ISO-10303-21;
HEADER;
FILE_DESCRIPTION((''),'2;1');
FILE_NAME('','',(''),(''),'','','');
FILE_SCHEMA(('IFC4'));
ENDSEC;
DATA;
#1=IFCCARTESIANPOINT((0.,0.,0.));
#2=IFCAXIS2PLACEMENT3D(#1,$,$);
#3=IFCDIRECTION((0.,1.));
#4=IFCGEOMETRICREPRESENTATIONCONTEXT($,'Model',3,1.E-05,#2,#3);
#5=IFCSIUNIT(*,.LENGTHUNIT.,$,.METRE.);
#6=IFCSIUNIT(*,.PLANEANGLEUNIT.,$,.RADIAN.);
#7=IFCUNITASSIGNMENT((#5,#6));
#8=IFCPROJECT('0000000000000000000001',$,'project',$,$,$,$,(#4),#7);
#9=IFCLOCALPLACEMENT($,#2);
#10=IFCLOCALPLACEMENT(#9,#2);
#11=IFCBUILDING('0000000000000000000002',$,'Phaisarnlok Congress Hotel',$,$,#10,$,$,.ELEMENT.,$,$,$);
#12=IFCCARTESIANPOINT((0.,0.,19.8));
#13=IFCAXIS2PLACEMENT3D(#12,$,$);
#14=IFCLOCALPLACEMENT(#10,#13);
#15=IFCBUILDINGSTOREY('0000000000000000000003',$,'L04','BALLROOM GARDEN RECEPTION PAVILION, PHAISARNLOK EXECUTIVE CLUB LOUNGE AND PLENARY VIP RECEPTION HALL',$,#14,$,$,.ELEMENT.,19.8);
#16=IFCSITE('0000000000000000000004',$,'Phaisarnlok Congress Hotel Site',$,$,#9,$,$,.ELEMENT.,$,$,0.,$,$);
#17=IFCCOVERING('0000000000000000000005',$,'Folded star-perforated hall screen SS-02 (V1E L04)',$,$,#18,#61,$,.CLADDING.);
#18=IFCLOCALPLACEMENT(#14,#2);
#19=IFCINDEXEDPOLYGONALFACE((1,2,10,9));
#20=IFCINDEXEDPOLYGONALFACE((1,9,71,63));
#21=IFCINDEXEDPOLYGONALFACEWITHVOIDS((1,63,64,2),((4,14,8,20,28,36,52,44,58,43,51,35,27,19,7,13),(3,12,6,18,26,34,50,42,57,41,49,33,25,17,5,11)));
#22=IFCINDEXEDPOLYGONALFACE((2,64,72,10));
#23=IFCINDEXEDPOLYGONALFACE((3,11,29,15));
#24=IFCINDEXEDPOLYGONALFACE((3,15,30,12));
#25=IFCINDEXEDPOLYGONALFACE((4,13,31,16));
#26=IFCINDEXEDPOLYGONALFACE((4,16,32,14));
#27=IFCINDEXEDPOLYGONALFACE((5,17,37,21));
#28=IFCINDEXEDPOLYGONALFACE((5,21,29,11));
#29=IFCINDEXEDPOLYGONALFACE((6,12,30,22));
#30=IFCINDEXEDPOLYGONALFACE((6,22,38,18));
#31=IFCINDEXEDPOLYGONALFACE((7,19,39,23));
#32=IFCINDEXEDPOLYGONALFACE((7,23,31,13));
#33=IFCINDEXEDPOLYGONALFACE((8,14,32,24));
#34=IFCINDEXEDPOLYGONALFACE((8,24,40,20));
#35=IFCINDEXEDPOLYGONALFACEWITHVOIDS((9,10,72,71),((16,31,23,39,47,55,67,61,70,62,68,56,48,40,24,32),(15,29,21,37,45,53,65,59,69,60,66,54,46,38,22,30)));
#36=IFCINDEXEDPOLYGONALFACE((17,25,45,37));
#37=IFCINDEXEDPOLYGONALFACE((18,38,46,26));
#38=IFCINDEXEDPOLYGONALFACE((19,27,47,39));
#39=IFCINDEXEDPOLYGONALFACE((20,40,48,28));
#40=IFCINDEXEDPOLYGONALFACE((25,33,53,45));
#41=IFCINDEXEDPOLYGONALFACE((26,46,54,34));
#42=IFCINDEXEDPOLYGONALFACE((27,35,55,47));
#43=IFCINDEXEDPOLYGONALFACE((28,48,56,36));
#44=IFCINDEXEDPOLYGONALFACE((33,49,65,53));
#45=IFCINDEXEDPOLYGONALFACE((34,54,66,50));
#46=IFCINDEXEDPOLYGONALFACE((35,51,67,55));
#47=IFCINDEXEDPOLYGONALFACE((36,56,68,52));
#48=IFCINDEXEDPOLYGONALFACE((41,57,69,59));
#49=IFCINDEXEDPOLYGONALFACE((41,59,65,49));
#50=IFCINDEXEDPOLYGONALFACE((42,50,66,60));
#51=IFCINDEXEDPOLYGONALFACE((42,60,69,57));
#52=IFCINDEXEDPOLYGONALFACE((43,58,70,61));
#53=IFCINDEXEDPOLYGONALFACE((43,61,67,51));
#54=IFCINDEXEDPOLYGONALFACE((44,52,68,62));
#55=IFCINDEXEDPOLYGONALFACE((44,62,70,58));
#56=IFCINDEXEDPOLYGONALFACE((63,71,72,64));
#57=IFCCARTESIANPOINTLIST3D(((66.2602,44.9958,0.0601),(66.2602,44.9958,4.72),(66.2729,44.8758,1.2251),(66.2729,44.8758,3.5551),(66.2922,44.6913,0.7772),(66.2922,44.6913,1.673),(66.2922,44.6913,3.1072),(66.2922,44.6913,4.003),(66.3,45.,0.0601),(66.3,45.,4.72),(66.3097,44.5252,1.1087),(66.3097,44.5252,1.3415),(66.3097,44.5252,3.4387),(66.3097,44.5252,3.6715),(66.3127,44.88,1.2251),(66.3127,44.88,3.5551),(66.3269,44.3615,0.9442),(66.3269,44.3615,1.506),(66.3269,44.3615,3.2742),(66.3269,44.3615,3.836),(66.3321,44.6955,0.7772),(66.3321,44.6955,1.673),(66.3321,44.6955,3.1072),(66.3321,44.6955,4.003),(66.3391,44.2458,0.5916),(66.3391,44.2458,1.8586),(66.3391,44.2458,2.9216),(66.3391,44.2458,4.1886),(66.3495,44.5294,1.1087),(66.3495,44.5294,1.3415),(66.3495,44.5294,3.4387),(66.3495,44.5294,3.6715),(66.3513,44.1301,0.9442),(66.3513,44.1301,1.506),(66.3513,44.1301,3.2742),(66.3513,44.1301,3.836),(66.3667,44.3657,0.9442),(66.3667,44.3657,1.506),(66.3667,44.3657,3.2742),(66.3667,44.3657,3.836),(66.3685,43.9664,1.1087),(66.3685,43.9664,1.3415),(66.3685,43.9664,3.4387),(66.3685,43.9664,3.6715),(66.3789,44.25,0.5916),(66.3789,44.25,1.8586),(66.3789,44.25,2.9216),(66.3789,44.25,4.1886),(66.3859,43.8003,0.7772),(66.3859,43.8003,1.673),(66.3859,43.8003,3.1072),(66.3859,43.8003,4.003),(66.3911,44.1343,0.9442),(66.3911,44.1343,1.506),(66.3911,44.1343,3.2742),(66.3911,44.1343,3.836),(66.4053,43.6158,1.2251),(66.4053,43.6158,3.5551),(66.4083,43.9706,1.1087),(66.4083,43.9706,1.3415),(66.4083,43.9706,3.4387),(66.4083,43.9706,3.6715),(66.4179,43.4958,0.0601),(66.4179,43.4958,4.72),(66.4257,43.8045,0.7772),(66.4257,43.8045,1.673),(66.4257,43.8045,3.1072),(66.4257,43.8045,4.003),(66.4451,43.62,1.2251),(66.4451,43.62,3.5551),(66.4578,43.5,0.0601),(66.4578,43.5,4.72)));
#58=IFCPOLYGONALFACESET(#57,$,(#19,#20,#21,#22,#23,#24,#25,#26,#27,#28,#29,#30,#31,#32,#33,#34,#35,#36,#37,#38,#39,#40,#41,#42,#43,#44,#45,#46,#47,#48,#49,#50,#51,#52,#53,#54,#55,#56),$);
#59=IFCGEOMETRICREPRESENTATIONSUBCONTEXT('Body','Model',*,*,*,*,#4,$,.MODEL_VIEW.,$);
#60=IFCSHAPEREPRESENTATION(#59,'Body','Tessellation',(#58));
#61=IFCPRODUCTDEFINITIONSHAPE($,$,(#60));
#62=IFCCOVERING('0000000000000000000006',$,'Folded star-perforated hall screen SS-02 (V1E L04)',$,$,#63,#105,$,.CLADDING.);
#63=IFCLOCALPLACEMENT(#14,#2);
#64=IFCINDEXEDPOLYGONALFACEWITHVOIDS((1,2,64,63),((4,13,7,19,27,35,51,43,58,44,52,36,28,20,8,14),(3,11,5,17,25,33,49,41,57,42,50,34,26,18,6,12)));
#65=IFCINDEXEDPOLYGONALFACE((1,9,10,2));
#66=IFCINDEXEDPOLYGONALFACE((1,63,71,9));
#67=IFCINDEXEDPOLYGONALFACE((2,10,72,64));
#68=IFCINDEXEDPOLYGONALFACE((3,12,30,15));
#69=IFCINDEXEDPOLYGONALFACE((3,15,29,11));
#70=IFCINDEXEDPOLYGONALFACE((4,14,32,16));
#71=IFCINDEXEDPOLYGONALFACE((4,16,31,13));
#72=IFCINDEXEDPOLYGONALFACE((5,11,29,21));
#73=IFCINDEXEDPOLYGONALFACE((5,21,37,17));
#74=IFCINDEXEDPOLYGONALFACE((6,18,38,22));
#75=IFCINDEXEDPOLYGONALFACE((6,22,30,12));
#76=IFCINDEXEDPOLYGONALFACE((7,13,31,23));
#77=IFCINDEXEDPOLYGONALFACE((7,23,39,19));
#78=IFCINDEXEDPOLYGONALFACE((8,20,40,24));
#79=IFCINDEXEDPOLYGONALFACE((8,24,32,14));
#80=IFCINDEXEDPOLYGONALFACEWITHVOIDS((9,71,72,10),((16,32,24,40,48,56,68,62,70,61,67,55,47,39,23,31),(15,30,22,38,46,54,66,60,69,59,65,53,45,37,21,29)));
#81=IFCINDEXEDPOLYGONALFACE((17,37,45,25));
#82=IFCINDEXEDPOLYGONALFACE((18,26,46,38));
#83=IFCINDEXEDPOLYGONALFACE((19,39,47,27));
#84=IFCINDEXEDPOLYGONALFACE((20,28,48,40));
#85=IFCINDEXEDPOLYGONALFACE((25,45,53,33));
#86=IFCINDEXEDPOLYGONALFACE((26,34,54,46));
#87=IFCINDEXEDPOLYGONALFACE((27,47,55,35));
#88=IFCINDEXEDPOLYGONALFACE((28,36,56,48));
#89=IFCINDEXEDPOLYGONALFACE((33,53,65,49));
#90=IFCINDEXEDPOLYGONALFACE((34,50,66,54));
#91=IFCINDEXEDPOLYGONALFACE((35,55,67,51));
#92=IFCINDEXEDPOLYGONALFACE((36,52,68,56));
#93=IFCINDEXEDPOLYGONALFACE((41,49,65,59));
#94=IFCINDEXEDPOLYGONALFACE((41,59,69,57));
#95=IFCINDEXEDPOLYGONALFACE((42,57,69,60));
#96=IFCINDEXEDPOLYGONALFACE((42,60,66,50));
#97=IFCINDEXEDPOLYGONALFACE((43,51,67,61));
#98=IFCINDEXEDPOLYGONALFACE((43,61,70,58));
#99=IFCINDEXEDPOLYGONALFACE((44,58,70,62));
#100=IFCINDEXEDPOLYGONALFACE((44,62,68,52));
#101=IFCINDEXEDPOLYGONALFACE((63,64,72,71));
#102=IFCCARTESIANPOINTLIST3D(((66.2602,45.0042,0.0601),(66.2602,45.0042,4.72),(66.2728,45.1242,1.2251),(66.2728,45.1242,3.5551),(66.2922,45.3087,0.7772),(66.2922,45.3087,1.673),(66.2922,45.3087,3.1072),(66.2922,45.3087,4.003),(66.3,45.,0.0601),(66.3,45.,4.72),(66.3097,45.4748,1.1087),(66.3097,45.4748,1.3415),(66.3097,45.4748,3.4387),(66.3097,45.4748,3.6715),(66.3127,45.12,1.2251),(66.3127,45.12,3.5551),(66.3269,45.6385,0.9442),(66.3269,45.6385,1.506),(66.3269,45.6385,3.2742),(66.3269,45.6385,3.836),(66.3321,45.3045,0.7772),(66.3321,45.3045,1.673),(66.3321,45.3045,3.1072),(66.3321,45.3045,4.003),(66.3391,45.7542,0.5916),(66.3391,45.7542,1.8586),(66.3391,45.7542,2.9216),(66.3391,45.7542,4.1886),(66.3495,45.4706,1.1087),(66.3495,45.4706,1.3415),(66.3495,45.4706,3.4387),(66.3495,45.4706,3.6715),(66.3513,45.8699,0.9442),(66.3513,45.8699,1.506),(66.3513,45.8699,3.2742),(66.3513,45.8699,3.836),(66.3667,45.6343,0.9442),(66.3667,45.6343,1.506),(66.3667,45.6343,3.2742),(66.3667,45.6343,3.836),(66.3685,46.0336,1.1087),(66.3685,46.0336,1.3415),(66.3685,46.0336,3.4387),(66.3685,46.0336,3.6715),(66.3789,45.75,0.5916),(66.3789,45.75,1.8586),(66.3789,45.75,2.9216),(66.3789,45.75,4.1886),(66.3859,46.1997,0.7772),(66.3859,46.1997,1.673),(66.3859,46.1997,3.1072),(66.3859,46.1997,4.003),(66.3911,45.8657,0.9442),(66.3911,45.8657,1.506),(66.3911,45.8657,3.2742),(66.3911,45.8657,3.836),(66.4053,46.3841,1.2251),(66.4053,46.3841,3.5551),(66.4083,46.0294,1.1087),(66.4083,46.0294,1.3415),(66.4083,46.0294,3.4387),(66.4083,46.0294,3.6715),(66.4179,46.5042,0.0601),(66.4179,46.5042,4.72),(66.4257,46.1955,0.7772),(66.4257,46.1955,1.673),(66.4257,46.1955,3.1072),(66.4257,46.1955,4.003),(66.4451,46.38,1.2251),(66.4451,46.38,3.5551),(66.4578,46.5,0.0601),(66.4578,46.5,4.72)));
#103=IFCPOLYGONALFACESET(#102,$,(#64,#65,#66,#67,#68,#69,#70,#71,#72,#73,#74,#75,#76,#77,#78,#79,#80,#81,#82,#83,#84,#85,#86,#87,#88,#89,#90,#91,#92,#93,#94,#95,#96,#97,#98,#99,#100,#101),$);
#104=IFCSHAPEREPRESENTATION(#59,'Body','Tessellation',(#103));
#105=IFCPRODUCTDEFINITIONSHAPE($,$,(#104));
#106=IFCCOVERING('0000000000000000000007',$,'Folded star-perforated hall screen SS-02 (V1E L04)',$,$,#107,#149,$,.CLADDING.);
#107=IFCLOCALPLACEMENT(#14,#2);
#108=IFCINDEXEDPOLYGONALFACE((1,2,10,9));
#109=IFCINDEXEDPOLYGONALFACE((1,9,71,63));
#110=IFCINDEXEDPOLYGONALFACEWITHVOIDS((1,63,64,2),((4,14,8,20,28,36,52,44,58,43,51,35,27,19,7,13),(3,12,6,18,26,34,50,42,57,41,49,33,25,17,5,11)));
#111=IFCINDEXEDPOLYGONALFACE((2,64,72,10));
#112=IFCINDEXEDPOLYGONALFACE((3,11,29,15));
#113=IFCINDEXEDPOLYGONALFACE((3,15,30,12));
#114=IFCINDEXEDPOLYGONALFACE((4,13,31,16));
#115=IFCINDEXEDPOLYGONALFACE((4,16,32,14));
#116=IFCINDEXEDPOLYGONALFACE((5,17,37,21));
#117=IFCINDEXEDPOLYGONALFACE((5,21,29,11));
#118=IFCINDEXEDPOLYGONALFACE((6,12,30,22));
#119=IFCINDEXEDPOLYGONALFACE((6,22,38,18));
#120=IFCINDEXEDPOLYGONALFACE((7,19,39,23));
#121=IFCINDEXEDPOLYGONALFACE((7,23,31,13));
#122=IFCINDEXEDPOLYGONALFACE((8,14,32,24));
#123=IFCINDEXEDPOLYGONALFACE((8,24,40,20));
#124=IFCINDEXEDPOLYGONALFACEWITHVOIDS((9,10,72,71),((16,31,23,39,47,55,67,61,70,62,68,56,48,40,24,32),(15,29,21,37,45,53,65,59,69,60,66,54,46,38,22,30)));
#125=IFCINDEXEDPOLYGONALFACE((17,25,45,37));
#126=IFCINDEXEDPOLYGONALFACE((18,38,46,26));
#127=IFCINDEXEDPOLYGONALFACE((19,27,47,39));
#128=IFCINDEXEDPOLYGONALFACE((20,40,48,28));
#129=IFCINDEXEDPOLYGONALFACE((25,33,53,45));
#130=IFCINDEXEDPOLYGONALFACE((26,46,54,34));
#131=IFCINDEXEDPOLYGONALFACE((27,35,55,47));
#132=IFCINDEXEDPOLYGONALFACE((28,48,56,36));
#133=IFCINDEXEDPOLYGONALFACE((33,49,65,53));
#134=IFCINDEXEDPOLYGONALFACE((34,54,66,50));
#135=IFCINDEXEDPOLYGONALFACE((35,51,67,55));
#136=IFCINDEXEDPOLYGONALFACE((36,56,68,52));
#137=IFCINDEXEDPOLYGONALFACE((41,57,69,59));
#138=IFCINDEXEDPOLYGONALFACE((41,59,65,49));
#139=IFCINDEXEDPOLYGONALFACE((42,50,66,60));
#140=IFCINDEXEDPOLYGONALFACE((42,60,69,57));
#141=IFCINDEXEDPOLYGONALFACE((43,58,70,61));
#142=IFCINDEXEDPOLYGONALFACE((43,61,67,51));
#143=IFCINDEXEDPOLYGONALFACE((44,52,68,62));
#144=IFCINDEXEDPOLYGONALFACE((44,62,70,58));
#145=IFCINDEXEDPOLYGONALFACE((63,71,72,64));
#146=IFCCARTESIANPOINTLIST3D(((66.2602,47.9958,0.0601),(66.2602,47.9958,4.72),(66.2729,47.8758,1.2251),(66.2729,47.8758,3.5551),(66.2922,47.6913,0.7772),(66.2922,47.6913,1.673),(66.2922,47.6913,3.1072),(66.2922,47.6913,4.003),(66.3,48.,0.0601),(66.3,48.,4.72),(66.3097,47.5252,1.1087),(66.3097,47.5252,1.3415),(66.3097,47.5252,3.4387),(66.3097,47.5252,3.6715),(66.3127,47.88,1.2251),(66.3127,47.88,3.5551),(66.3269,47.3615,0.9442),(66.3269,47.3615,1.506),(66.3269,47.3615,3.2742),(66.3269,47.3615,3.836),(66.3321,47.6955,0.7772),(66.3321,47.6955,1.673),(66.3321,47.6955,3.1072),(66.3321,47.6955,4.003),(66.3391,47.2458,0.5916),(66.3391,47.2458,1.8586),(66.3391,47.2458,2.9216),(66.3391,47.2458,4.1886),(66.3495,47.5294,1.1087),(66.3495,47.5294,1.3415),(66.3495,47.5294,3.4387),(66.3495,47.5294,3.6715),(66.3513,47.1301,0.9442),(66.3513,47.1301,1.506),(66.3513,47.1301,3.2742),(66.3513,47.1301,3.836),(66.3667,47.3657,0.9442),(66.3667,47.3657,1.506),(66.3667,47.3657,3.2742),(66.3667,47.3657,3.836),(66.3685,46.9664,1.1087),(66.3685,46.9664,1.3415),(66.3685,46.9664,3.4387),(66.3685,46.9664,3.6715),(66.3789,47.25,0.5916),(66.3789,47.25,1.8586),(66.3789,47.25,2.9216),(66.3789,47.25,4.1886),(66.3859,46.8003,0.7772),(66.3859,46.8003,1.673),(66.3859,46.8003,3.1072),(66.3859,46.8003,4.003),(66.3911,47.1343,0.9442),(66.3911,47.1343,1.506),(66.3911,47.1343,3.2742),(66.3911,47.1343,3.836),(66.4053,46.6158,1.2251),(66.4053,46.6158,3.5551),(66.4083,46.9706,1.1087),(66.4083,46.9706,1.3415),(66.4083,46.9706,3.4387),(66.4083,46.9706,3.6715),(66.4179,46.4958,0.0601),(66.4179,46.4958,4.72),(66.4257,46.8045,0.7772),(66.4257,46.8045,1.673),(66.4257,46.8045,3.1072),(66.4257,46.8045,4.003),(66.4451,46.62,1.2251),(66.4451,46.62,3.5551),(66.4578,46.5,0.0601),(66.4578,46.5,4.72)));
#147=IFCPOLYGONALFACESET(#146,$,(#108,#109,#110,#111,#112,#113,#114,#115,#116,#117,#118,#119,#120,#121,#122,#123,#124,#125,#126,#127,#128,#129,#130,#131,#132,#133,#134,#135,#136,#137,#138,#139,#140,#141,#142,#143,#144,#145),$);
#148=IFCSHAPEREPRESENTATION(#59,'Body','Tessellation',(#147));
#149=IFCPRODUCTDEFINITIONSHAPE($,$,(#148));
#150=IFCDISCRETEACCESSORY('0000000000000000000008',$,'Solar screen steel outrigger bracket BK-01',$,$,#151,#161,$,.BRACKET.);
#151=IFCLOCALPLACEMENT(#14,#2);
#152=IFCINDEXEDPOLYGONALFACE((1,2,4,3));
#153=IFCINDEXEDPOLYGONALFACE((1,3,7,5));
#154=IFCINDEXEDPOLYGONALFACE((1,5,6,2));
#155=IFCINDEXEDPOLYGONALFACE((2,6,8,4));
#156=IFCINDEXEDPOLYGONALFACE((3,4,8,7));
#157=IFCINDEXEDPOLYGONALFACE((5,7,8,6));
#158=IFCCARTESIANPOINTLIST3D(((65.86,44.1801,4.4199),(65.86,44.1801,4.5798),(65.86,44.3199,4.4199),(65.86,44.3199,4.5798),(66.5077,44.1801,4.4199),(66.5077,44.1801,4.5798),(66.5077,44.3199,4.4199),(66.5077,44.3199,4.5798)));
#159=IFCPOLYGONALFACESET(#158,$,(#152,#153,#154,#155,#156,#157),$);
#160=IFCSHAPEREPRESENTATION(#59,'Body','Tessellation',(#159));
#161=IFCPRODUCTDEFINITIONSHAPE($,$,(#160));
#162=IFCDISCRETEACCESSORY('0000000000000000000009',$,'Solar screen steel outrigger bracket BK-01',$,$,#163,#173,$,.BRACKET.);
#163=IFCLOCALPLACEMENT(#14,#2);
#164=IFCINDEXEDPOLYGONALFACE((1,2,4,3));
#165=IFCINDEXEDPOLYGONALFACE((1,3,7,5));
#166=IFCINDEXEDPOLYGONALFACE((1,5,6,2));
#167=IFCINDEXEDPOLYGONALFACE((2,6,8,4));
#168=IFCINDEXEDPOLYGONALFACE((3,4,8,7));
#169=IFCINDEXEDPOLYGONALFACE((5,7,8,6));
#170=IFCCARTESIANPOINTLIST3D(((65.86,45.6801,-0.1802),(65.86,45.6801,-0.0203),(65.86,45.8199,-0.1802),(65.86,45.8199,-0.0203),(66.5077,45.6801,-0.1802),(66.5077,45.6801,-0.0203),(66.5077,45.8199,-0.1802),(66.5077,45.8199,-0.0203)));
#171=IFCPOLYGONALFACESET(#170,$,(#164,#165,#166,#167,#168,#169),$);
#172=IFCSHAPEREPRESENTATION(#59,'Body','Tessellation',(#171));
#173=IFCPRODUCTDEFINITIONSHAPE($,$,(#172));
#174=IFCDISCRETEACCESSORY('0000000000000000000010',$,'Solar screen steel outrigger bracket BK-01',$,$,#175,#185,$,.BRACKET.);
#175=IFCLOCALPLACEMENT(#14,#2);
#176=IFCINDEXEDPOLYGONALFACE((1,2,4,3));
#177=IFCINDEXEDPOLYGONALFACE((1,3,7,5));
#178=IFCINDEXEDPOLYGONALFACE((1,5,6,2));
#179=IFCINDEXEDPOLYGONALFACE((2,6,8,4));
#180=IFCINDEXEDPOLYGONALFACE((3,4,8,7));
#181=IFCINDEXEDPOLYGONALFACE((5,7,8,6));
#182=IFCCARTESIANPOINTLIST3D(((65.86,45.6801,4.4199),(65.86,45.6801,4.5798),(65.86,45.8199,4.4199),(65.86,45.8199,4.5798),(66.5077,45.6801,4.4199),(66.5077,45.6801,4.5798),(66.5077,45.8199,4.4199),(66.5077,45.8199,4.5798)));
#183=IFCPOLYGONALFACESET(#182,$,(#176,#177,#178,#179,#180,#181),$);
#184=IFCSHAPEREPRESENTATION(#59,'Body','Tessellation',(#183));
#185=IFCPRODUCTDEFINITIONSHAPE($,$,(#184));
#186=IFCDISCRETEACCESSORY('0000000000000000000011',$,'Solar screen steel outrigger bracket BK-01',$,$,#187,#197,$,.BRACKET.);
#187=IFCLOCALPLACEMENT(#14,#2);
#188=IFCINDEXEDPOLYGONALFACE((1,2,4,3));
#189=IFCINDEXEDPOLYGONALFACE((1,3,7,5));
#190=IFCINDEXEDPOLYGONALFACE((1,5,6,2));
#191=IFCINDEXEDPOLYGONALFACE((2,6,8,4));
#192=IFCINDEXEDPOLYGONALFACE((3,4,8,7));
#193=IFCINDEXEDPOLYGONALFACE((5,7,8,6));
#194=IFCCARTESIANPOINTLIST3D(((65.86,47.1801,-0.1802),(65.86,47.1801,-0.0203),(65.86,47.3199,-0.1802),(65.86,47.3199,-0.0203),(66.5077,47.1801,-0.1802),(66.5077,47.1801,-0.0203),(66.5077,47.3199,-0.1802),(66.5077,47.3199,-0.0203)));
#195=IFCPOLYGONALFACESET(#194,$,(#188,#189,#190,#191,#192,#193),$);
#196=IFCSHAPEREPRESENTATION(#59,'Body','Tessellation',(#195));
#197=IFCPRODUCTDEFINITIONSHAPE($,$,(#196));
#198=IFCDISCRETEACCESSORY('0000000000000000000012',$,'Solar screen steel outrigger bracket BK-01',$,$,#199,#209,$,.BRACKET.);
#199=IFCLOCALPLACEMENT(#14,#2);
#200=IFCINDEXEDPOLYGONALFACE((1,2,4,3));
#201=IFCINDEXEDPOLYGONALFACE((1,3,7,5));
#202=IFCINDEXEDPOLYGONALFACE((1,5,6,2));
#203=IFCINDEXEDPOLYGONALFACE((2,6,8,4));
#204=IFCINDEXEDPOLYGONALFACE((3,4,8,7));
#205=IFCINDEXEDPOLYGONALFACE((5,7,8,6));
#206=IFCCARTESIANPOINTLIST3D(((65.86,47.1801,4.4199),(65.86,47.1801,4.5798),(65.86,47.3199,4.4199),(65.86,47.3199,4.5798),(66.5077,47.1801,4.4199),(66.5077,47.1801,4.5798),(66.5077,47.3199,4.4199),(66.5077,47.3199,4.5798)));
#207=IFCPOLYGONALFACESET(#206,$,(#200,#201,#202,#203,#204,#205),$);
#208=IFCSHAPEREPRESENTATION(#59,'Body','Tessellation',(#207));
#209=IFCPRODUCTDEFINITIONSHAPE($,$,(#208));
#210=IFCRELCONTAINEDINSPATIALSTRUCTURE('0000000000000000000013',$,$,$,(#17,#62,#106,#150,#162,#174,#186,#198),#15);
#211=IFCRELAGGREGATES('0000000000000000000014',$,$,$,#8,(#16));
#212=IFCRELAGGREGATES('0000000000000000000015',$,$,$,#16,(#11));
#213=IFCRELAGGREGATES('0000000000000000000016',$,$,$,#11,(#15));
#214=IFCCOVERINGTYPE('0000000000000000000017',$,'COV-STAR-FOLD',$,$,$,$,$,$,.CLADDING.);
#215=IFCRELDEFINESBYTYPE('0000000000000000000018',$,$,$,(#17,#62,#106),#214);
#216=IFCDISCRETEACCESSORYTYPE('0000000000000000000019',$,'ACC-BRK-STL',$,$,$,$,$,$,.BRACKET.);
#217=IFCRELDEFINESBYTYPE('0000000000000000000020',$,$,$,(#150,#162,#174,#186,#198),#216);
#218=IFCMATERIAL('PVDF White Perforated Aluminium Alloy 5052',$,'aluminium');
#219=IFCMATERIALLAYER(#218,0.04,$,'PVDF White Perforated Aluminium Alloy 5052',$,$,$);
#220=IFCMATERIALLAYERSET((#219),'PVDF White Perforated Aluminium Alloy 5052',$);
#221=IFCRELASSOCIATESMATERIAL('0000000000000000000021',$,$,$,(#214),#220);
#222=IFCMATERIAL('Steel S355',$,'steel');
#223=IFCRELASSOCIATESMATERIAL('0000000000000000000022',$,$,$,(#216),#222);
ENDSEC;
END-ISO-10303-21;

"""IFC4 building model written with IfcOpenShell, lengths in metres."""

from ifc_helpers import new_model, si_unit, direction, frame, origin, origin_2d, place, context, subcontext, project, spatial, polyline, rectangle, outline, extrude, material, layer, layer_set, type_object, element, save


model = new_model("IFC4")

# Units and contexts
model_context = context("Model", 3, precision=1e-05, world=origin(), true_north=direction((0.0, 1.0)))
body_context = subcontext(model_context, "Body", "Model", "MODEL_VIEW")
ifc_project = project(units=[si_unit("LENGTHUNIT", "METRE"), si_unit("PLANEANGLEUNIT", "RADIAN")], contexts=[model_context])

# Site, building, storey
site_placement = place(None, origin())
site = spatial("IfcSite", under=ifc_project, at=site_placement, Name="Phaisarnlok Congress Hotel Site", CompositionType="ELEMENT", RefElevation=0.0)
building_placement = place(site_placement, origin())
building = spatial("IfcBuilding", under=site, at=building_placement, Name="Phaisarnlok Congress Hotel", CompositionType="ELEMENT")
storey_placement = place(building_placement, frame((0.0, 0.0, 19.8)))
storey = spatial("IfcBuildingStorey", under=building, at=storey_placement, Name="L04", Description="BALLROOM GARDEN RECEPTION PAVILION, PHAISARNLOK EXECUTIVE CLUB LOUNGE AND PLENARY VIP RECEPTION HALL", CompositionType="ELEMENT", Elevation=19.8)

# Shared definitions
ifc_material_1 = material(Name="Steel S355", Category="steel")

# Coverings
ifc_material_2 = material(Name="PVDF White Perforated Aluminium Alloy 5052", Category="aluminium")
ifc_layer_1 = layer(ifc_material_2, 0.04, Name="PVDF White Perforated Aluminium Alloy 5052")
ifc_layer_set_1 = layer_set([ifc_layer_1], Name="PVDF White Perforated Aluminium Alloy 5052")
covering_type = type_object("IfcCoveringType", Name="COV-STAR-FOLD", PredefinedType="CLADDING", material=ifc_layer_set_1)
for number, where, z_axis, x_axis, name in (
    (1, (66.3, 45.0, 0.0601), (-0.994518, -0.104567, 0.0), (0.104567, -0.994518, 0.0), "Folded star-perforated hall screen SS-02 (V1E L04)"),
    (2, (66.4578, 46.5, 0.0601), (-0.994518, 0.104567, 0.0), (-0.104567, -0.994518, 0.0), "Folded star-perforated hall screen SS-02 (V1E L04)"),
    (3, (66.3, 48.0, 0.0601), (-0.994518, -0.104567, 0.0), (0.104567, -0.994518, 0.0), "Folded star-perforated hall screen SS-02 (V1E L04)"),
):
    element("IfcCovering", number, at=place(storey_placement, frame(where, z_axis=z_axis, x_axis=x_axis)), inside=storey, type_object=covering_type, Name=name, PredefinedType="CLADDING", context=body_context, shape_type="SweptSolid", body=[
        extrude(outline(polyline([(0.0, 0.0), (1.5083, 0.0), (1.5083, 4.6599), (0.0, 4.6599), (0.0, 0.0)]), holes=[polyline([(1.0351, 1.0486), (1.2021, 0.7171), (0.8705, 0.8841), (0.7541, 0.5315), (0.6378, 0.8841), (0.3062, 0.7171), (0.4732, 1.0486), (0.1207, 1.165), (0.4732, 1.2814), (0.3062, 1.6129), (0.6378, 1.4459), (0.7541, 1.7985), (0.8705, 1.4459), (1.2021, 1.6129), (1.0351, 1.2814), (1.3876, 1.165), (1.0351, 1.0486)]), polyline([(1.0351, 3.3786), (1.2021, 3.0471), (0.8705, 3.2141), (0.7541, 2.8615), (0.6378, 3.2141), (0.3062, 3.0471), (0.4732, 3.3786), (0.1207, 3.495), (0.4732, 3.6114), (0.3062, 3.9429), (0.6378, 3.7759), (0.7541, 4.1285), (0.8705, 3.7759), (1.2021, 3.9429), (1.0351, 3.6114), (1.3876, 3.495), (1.0351, 3.3786)])]), origin(), (0.0, 0.0, 1.0), 0.04),
    ])

# Discrete accessories
discrete_accessory_type = type_object("IfcDiscreteAccessoryType", Name="ACC-BRK-STL", PredefinedType="BRACKET", material=ifc_material_1)
for number, where, z_axis, x_axis, name in (
    (4, (66.1838, 44.25, 4.4199), (0.0, 0.0, 1.0), (1.0, 0.0, 0.0), "Solar screen steel outrigger bracket BK-01"),
    (5, (66.1838, 45.75, -0.1802), (0.0, 0.0, 1.0), (1.0, 0.0, 0.0), "Solar screen steel outrigger bracket BK-01"),
    (6, (66.1838, 45.75, 4.4199), (0.0, 0.0, 1.0), (1.0, 0.0, 0.0), "Solar screen steel outrigger bracket BK-01"),
    (7, (66.1838, 47.25, -0.1802), (0.0, 0.0, 1.0), (1.0, 0.0, 0.0), "Solar screen steel outrigger bracket BK-01"),
    (8, (66.1838, 47.25, 4.4199), (0.0, 0.0, 1.0), (1.0, 0.0, 0.0), "Solar screen steel outrigger bracket BK-01"),
):
    element("IfcDiscreteAccessory", number, at=place(storey_placement, frame(where, z_axis=z_axis, x_axis=x_axis)), inside=storey, type_object=discrete_accessory_type, Name=name, PredefinedType="BRACKET", context=body_context, shape_type="SweptSolid", body=[
        extrude(rectangle(XDim=0.6477, YDim=0.1399, at=origin_2d()), origin(), (0.0, 0.0, 1.0), 0.1599),
    ])

save(model, "model.ifc")
